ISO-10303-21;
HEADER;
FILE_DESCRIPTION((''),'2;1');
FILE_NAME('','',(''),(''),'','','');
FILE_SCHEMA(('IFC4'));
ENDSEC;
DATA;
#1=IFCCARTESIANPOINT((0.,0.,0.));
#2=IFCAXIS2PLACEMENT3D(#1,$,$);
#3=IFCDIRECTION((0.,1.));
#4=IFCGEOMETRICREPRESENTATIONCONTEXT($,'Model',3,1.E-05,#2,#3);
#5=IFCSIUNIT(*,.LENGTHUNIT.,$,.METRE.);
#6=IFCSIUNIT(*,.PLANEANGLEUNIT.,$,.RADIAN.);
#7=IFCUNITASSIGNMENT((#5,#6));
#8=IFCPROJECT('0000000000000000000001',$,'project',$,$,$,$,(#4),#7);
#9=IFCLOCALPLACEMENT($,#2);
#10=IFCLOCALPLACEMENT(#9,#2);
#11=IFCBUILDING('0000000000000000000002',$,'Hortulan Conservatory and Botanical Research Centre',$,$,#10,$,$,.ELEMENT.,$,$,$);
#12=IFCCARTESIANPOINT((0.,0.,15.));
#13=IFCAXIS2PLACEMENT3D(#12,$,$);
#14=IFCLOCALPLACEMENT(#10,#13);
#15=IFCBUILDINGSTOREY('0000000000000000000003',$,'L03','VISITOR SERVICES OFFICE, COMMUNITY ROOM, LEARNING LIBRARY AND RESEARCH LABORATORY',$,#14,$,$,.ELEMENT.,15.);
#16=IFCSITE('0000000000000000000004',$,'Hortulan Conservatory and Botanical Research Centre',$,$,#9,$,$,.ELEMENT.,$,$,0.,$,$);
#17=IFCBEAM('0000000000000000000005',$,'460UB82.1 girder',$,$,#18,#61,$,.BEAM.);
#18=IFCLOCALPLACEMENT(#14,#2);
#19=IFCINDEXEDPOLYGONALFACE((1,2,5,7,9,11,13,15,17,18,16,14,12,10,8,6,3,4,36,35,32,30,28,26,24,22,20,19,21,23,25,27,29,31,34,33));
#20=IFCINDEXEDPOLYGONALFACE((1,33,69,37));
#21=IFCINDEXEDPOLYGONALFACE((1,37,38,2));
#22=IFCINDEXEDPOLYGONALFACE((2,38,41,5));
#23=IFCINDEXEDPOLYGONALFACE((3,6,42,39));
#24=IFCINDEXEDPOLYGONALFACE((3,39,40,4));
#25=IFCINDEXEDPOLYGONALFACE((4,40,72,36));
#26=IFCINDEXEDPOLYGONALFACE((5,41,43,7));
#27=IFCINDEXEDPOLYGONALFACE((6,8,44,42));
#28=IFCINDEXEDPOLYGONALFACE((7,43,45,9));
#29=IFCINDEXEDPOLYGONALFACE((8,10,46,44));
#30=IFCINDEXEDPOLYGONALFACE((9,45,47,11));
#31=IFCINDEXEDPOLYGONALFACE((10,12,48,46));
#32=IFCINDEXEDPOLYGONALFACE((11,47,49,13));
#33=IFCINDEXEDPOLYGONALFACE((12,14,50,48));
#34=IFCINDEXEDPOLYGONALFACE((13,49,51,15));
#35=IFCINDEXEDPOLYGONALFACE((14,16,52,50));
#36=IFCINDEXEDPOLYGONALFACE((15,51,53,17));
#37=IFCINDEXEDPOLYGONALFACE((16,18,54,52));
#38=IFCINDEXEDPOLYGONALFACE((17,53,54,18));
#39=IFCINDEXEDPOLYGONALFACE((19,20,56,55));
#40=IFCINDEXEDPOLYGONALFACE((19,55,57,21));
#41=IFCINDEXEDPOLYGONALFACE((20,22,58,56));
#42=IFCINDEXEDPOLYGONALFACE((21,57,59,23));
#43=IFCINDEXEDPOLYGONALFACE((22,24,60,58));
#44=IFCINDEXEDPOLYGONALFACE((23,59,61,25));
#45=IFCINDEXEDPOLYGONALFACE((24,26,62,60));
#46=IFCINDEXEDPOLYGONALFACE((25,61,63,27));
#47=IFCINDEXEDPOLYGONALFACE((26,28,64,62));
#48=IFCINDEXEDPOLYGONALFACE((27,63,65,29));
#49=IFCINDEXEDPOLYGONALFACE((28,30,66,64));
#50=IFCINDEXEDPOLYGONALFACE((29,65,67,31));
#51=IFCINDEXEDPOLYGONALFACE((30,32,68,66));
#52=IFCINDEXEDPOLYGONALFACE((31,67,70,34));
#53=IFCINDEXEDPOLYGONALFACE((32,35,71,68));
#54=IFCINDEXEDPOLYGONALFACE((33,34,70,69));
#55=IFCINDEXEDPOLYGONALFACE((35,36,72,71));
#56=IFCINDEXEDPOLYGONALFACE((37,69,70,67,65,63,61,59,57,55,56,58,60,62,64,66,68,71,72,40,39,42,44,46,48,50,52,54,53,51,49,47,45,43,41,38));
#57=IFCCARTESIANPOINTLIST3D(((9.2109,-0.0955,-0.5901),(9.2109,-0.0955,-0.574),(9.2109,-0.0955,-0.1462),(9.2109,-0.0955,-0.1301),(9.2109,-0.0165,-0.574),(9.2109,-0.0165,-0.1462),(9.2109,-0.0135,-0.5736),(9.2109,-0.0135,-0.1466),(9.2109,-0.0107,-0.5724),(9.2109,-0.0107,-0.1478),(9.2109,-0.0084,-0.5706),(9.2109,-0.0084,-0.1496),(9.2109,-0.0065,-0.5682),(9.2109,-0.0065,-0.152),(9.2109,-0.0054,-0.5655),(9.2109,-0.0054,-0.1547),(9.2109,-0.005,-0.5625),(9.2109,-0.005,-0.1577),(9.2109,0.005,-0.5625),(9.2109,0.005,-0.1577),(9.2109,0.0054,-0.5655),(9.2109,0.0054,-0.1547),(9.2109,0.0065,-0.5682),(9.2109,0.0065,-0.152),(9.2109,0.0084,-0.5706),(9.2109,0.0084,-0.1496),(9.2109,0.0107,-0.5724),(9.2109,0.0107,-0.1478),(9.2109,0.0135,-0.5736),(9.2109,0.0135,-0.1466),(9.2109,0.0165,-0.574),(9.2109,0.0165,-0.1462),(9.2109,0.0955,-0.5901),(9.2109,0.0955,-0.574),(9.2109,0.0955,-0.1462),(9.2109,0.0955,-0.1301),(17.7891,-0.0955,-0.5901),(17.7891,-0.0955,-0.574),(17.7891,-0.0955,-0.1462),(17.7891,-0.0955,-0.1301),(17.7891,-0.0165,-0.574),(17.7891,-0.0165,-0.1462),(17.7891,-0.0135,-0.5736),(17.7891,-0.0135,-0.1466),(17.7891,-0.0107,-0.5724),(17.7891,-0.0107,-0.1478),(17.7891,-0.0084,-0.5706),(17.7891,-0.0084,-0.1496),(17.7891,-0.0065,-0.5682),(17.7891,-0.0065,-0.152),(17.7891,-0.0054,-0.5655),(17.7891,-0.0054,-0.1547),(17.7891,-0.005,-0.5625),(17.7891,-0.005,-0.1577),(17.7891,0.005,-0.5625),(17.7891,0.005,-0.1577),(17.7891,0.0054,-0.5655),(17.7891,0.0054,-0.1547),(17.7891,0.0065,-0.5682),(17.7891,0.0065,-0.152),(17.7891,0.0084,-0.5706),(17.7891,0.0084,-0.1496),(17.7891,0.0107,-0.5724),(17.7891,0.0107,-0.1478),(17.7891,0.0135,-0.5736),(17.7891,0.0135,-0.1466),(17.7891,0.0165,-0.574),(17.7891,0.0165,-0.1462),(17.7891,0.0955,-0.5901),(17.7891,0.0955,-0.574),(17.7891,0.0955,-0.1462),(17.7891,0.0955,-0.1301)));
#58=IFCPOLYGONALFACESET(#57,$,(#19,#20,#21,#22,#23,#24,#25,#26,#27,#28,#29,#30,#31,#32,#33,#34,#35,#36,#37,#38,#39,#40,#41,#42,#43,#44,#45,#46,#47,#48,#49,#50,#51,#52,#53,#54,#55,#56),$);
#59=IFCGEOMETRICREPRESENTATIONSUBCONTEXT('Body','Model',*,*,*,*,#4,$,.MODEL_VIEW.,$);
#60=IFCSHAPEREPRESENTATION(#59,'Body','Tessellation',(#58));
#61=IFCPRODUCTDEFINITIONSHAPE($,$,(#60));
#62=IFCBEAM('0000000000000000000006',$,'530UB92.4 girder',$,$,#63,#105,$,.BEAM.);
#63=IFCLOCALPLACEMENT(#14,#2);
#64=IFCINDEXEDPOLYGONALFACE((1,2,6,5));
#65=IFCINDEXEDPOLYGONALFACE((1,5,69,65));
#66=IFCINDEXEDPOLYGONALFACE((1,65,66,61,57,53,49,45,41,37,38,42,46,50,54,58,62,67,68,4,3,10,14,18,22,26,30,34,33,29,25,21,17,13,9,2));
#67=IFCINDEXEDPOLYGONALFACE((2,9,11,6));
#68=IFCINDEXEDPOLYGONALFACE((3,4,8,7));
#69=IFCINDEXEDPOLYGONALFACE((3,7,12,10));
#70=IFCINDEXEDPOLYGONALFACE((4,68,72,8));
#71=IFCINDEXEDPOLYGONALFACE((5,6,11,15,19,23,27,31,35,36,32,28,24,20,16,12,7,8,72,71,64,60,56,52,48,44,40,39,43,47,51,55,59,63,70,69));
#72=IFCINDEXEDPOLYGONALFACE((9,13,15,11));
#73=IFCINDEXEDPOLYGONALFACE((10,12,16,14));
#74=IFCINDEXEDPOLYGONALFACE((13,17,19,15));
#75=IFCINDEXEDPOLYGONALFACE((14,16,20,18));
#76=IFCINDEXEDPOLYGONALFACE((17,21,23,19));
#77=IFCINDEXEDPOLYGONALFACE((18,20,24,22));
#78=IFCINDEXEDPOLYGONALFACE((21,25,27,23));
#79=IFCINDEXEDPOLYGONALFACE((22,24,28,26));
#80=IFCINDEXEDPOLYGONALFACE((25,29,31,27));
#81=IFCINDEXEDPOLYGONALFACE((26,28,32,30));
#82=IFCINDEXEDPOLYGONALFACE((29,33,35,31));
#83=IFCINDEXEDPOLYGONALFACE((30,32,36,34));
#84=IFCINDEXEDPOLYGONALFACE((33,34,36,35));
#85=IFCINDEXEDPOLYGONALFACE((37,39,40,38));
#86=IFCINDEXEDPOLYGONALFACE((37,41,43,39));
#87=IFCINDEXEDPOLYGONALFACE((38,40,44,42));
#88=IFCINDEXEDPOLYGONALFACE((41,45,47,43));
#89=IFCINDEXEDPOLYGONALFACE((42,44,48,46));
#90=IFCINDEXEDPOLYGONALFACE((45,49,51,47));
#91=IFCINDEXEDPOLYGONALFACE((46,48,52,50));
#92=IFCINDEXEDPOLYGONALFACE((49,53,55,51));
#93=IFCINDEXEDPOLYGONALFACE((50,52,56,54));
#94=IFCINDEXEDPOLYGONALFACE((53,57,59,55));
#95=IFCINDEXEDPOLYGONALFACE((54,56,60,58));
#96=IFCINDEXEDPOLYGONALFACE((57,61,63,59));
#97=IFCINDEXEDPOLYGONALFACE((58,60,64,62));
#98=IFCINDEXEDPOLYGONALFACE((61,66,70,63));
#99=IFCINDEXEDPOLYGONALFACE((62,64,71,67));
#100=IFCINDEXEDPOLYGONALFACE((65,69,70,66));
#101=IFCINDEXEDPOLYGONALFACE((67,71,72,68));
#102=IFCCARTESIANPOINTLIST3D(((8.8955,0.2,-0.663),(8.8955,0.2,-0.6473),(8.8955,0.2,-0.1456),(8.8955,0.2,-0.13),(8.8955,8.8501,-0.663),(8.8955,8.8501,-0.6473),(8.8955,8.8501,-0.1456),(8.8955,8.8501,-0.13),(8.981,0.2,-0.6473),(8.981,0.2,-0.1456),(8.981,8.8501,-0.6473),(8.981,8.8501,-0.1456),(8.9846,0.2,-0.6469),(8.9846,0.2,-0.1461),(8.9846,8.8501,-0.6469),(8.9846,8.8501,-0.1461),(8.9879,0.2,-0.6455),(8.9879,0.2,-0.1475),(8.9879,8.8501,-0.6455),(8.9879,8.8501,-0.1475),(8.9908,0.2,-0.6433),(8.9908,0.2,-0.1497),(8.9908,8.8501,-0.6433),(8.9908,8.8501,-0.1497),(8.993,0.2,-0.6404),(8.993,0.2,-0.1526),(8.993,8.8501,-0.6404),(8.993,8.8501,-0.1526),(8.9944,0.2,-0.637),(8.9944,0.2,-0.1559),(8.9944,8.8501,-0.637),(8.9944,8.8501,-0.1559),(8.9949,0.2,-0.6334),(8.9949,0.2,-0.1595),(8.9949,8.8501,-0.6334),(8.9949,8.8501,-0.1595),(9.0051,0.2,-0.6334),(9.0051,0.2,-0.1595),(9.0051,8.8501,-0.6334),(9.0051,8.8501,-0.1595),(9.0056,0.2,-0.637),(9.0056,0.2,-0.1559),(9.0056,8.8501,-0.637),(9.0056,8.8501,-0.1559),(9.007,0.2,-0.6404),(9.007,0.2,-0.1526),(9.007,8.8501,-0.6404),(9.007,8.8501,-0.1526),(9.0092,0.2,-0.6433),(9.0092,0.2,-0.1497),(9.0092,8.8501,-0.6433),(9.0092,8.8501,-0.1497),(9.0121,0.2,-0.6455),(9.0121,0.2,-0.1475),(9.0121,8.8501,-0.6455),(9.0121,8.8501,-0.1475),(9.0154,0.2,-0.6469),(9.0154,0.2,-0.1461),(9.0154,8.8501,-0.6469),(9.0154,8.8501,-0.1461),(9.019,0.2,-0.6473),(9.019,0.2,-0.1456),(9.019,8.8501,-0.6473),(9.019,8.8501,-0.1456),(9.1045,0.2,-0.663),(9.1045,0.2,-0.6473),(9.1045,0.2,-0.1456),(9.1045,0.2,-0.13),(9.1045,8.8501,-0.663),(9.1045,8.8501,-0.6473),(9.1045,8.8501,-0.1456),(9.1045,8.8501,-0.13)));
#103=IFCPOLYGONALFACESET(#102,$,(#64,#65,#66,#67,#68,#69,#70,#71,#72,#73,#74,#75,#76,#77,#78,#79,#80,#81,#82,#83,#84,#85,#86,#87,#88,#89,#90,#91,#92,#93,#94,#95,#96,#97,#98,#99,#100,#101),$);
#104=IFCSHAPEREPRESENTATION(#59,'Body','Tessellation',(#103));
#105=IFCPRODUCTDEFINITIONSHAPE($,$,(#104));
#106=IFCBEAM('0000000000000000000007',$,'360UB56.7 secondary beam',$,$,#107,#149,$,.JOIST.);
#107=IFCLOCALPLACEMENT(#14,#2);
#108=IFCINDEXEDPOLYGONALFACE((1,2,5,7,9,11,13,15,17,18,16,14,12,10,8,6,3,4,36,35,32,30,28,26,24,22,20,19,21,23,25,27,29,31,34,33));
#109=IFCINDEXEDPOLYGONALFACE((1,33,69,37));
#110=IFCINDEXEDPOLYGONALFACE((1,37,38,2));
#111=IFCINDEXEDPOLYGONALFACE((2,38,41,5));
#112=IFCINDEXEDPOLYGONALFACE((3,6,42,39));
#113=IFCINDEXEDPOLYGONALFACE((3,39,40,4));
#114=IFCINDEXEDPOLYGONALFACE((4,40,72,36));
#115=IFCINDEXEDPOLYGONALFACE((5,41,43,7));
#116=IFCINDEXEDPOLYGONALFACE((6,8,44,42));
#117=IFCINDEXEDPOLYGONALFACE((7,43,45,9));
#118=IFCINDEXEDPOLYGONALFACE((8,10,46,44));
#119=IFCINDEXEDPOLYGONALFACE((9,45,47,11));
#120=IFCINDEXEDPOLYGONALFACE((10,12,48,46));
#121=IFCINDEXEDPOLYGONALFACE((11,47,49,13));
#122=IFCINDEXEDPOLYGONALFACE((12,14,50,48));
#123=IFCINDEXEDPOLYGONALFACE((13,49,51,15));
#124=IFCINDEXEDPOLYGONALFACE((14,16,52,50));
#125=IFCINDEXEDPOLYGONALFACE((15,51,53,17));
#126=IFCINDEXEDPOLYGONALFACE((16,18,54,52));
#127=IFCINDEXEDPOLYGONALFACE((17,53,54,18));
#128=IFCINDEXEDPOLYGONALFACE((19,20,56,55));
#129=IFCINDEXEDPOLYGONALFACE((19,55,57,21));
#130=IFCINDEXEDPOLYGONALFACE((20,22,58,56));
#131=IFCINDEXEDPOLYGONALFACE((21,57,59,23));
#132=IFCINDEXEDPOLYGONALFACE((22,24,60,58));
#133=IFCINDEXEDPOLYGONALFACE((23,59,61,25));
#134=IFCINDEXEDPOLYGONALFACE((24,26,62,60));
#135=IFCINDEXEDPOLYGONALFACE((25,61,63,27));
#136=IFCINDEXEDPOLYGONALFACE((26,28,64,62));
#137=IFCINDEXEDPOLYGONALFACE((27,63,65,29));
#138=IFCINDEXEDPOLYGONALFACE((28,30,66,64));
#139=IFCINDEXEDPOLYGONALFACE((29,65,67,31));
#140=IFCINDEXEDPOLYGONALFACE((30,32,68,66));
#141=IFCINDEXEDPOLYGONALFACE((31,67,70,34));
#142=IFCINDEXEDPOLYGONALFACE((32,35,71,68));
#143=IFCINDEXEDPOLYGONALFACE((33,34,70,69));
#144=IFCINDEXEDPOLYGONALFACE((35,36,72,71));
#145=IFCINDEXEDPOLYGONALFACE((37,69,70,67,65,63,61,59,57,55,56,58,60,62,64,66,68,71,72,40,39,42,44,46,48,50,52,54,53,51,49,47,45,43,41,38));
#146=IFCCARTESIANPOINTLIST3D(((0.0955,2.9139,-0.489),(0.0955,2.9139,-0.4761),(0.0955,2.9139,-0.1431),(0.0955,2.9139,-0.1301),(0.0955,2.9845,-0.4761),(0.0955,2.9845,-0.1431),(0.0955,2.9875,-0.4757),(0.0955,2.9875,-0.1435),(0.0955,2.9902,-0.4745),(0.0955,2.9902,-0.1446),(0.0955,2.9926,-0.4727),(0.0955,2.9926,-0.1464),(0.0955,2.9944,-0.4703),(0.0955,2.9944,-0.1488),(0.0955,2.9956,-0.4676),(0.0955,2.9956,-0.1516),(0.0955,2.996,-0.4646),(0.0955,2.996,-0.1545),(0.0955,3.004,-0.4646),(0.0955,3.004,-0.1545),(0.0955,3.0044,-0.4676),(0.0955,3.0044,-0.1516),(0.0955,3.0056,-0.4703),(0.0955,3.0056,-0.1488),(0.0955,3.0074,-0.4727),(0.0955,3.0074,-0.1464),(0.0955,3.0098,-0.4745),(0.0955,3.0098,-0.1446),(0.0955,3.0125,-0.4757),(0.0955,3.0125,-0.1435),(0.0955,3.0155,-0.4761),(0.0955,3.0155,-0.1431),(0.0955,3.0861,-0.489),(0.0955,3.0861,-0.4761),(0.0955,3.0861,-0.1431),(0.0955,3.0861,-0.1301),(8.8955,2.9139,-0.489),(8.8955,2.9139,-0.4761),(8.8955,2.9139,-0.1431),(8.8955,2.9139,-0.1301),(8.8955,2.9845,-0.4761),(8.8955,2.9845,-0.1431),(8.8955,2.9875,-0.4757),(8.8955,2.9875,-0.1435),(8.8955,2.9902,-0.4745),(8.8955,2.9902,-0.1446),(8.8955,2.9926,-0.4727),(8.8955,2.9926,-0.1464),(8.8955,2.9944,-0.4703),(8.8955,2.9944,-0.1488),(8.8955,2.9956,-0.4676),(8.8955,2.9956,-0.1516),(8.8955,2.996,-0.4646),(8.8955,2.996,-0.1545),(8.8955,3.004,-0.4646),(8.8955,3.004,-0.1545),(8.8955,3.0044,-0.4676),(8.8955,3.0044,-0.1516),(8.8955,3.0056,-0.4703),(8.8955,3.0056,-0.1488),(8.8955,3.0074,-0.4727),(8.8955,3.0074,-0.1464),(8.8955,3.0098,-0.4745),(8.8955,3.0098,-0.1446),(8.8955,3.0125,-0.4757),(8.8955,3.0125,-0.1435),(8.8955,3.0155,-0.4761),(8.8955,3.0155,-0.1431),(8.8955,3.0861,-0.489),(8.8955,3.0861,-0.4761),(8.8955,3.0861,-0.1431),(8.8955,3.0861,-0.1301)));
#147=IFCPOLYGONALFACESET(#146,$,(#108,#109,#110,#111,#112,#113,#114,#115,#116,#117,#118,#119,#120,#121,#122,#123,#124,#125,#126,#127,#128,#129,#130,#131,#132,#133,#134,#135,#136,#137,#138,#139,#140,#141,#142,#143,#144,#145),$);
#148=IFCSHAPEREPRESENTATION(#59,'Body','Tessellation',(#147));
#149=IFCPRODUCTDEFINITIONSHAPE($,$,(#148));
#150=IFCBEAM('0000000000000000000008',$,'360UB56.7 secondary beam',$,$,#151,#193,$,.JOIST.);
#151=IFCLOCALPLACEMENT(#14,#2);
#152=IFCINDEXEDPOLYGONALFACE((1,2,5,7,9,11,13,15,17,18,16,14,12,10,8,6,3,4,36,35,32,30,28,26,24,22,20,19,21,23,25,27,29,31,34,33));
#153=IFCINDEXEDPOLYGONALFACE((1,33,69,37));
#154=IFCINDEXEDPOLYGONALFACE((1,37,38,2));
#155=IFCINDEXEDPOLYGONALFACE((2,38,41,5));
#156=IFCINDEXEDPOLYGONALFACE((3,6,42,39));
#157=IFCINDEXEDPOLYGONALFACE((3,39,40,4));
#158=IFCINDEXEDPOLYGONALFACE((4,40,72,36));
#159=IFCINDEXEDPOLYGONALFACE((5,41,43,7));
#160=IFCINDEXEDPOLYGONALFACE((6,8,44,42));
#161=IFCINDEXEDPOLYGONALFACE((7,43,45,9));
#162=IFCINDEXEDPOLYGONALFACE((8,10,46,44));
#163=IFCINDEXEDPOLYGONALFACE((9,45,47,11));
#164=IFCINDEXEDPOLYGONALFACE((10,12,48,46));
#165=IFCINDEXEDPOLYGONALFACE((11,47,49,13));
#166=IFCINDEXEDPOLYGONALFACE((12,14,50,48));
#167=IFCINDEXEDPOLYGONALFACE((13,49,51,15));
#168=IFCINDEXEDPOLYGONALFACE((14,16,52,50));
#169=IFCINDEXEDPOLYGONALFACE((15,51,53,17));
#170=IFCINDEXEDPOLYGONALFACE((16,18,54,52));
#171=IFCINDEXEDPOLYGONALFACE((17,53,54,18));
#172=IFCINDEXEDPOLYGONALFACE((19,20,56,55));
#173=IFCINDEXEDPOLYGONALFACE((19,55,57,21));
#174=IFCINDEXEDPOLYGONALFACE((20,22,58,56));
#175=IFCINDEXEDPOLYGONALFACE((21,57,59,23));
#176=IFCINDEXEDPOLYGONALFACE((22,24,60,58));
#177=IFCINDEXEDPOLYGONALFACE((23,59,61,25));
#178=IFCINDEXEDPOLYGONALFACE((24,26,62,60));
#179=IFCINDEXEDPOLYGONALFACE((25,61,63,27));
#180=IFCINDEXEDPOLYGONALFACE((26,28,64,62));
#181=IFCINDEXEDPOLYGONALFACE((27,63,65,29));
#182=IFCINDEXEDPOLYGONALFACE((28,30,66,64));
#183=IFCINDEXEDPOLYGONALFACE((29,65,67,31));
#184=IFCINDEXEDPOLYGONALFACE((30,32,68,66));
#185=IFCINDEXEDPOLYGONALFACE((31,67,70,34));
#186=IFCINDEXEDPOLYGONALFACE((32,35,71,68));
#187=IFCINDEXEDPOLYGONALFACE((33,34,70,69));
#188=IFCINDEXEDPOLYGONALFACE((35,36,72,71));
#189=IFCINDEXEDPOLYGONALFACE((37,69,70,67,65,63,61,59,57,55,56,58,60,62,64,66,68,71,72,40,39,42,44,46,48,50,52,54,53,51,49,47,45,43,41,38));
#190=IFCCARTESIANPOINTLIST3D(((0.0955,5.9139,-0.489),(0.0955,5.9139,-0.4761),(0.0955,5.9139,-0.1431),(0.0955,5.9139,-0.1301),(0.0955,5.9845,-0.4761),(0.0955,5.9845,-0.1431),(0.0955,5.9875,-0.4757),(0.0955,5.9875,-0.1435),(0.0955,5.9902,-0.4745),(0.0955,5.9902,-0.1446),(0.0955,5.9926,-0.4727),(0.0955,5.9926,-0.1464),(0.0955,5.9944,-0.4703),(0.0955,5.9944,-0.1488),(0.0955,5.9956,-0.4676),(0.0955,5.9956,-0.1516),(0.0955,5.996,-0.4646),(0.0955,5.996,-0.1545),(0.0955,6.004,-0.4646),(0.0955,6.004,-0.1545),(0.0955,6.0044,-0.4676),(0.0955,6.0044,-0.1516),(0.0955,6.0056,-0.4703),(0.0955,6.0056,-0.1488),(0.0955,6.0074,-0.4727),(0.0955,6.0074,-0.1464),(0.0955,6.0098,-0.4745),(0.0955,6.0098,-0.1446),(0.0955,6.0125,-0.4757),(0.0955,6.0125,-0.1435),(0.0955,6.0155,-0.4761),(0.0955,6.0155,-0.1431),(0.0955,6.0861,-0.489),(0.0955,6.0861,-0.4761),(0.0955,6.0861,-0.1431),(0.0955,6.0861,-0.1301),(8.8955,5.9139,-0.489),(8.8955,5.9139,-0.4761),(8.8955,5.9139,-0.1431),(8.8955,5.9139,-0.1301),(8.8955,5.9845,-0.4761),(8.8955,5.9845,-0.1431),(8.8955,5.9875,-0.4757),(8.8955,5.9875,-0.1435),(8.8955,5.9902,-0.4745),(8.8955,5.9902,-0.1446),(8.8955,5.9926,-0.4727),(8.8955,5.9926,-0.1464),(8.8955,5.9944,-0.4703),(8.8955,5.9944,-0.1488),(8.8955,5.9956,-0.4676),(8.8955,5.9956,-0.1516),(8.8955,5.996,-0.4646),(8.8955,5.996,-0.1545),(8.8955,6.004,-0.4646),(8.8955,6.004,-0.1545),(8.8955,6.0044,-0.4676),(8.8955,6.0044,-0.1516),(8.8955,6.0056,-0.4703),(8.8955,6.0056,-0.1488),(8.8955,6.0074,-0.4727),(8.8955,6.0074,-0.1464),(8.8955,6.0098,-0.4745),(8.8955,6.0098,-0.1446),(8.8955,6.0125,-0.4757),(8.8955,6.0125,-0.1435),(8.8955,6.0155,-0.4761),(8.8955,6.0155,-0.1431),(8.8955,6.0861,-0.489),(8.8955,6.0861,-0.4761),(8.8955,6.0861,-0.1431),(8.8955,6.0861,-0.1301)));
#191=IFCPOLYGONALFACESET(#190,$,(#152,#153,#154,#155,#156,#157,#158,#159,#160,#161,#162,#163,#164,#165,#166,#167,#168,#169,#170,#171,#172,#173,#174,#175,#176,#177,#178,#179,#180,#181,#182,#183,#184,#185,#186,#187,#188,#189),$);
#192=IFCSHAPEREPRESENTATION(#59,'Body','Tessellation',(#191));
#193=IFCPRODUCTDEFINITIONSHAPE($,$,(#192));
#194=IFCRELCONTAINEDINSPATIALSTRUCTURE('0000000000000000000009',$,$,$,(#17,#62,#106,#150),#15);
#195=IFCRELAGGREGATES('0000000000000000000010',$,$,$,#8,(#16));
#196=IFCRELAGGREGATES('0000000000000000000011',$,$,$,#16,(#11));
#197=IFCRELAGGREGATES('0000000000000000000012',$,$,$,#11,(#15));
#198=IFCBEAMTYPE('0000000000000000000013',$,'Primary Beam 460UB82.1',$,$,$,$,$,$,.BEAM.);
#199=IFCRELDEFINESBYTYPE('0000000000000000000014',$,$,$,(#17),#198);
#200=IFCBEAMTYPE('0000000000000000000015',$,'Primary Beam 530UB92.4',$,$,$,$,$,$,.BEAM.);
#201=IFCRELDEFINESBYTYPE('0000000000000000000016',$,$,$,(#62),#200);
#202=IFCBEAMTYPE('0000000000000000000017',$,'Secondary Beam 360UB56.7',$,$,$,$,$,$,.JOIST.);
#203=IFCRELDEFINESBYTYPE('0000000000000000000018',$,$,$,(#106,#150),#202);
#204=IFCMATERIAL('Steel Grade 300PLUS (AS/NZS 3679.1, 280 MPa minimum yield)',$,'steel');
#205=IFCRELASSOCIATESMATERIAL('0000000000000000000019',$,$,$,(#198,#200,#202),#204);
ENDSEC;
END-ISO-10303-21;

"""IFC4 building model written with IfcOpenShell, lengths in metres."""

from ifc_helpers import new_model, si_unit, direction, frame, origin, origin_2d, place, context, subcontext, project, spatial, i_section, extrude, material, material_profile, profile_set, type_object, element, save


model = new_model("IFC4")

# Units and contexts
model_context = context("Model", 3, precision=1e-05, world=origin(), true_north=direction((0.0, 1.0)))
body_context = subcontext(model_context, "Body", "Model", "MODEL_VIEW")
ifc_project = project(units=[si_unit("LENGTHUNIT", "METRE"), si_unit("PLANEANGLEUNIT", "RADIAN")], contexts=[model_context])

# Site, building, storey
site_placement = place(None, origin())
site = spatial("IfcSite", under=ifc_project, at=site_placement, Name="Hortulan Conservatory and Botanical Research Centre", CompositionType="ELEMENT", RefElevation=0.0)
building_placement = place(site_placement, origin())
building = spatial("IfcBuilding", under=site, at=building_placement, Name="Hortulan Conservatory and Botanical Research Centre", CompositionType="ELEMENT")
storey_placement = place(building_placement, frame((0.0, 0.0, 15.0)))
storey = spatial("IfcBuildingStorey", under=building, at=storey_placement, Name="L03", Description="VISITOR SERVICES OFFICE, COMMUNITY ROOM, LEARNING LIBRARY AND RESEARCH LABORATORY", CompositionType="ELEMENT", Elevation=15.0)

# Beams
ifc_material_1 = material(Name="Steel Grade 300PLUS (AS/NZS 3679.1, 280 MPa minimum yield)", Category="steel")
ifc_material_profile_1 = material_profile(ifc_material_1, i_section(OverallWidth=0.1909, OverallDepth=0.46, WebThickness=0.01, FlangeThickness=0.0161, FilletRadius=0.0115, at=origin_2d()), Name="460UB82.1")
ifc_profile_set_1 = profile_set([ifc_material_profile_1], Name="Steel Grade 300PLUS (AS/NZS 3679.1, 280 MPa minimum yield)")
beam_type_1 = type_object("IfcBeamType", Name="Primary Beam 460UB82.1", PredefinedType="BEAM", material=ifc_profile_set_1)
beam_1_placement = place(storey_placement, frame((9.2109, 0.0, -0.3601), z_axis=(1.0, 0.0, 0.0), x_axis=(0.0, 1.0, 0.0)))
element("IfcBeam", 1, at=beam_1_placement, inside=storey, type_object=beam_type_1, Name="460UB82.1 girder", PredefinedType="BEAM", context=body_context, shape_type="SweptSolid", body=[
    extrude(i_section(OverallWidth=0.1909, OverallDepth=0.46, WebThickness=0.01, FlangeThickness=0.0161, FilletRadius=0.0115, at=origin_2d()), origin(), (0.0, 0.0, 1.0), 8.5781),
])
ifc_material_profile_2 = material_profile(ifc_material_1, i_section(OverallWidth=0.209, OverallDepth=0.533, WebThickness=0.0103, FlangeThickness=0.0156, FilletRadius=0.0139, at=origin_2d()), Name="530UB92.4")
ifc_profile_set_2 = profile_set([ifc_material_profile_2], Name="Steel Grade 300PLUS (AS/NZS 3679.1, 280 MPa minimum yield)")
beam_type_2 = type_object("IfcBeamType", Name="Primary Beam 530UB92.4", PredefinedType="BEAM", material=ifc_profile_set_2)
beam_2_placement = place(storey_placement, frame((9.0, 0.2, -0.3965), z_axis=(0.0, 1.0, 0.0), x_axis=(-1.0, 0.0, 0.0)))
element("IfcBeam", 2, at=beam_2_placement, inside=storey, type_object=beam_type_2, Name="530UB92.4 girder", PredefinedType="BEAM", context=body_context, shape_type="SweptSolid", body=[
    extrude(i_section(OverallWidth=0.209, OverallDepth=0.533, WebThickness=0.0103, FlangeThickness=0.0156, FilletRadius=0.0139, at=origin_2d()), origin(), (0.0, 0.0, 1.0), 8.6501),
])
ifc_material_profile_3 = material_profile(ifc_material_1, i_section(OverallWidth=0.1721, OverallDepth=0.3589, WebThickness=0.0081, FlangeThickness=0.0129, FilletRadius=0.0115, at=origin_2d()), Name="360UB56.7")
ifc_profile_set_3 = profile_set([ifc_material_profile_3], Name="Steel Grade 300PLUS (AS/NZS 3679.1, 280 MPa minimum yield)")
beam_type_3 = type_object("IfcBeamType", Name="Secondary Beam 360UB56.7", PredefinedType="JOIST", material=ifc_profile_set_3)
for number, where, z_axis, x_axis, name in (
    (3, (0.0955, 3.0, -0.3096), (1.0, 0.0, 0.0), (0.0, 1.0, 0.0), "360UB56.7 secondary beam"),
    (4, (0.0955, 6.0, -0.3096), (1.0, 0.0, 0.0), (0.0, 1.0, 0.0), "360UB56.7 secondary beam"),
):
    element("IfcBeam", number, at=place(storey_placement, frame(where, z_axis=z_axis, x_axis=x_axis)), inside=storey, type_object=beam_type_3, Name=name, PredefinedType="JOIST", context=body_context, shape_type="SweptSolid", body=[
        extrude(i_section(OverallWidth=0.1721, OverallDepth=0.3589, WebThickness=0.0081, FlangeThickness=0.0129, FilletRadius=0.0115, at=origin_2d()), origin(), (0.0, 0.0, 1.0), 8.8),
    ])

save(model, "model.ifc")
